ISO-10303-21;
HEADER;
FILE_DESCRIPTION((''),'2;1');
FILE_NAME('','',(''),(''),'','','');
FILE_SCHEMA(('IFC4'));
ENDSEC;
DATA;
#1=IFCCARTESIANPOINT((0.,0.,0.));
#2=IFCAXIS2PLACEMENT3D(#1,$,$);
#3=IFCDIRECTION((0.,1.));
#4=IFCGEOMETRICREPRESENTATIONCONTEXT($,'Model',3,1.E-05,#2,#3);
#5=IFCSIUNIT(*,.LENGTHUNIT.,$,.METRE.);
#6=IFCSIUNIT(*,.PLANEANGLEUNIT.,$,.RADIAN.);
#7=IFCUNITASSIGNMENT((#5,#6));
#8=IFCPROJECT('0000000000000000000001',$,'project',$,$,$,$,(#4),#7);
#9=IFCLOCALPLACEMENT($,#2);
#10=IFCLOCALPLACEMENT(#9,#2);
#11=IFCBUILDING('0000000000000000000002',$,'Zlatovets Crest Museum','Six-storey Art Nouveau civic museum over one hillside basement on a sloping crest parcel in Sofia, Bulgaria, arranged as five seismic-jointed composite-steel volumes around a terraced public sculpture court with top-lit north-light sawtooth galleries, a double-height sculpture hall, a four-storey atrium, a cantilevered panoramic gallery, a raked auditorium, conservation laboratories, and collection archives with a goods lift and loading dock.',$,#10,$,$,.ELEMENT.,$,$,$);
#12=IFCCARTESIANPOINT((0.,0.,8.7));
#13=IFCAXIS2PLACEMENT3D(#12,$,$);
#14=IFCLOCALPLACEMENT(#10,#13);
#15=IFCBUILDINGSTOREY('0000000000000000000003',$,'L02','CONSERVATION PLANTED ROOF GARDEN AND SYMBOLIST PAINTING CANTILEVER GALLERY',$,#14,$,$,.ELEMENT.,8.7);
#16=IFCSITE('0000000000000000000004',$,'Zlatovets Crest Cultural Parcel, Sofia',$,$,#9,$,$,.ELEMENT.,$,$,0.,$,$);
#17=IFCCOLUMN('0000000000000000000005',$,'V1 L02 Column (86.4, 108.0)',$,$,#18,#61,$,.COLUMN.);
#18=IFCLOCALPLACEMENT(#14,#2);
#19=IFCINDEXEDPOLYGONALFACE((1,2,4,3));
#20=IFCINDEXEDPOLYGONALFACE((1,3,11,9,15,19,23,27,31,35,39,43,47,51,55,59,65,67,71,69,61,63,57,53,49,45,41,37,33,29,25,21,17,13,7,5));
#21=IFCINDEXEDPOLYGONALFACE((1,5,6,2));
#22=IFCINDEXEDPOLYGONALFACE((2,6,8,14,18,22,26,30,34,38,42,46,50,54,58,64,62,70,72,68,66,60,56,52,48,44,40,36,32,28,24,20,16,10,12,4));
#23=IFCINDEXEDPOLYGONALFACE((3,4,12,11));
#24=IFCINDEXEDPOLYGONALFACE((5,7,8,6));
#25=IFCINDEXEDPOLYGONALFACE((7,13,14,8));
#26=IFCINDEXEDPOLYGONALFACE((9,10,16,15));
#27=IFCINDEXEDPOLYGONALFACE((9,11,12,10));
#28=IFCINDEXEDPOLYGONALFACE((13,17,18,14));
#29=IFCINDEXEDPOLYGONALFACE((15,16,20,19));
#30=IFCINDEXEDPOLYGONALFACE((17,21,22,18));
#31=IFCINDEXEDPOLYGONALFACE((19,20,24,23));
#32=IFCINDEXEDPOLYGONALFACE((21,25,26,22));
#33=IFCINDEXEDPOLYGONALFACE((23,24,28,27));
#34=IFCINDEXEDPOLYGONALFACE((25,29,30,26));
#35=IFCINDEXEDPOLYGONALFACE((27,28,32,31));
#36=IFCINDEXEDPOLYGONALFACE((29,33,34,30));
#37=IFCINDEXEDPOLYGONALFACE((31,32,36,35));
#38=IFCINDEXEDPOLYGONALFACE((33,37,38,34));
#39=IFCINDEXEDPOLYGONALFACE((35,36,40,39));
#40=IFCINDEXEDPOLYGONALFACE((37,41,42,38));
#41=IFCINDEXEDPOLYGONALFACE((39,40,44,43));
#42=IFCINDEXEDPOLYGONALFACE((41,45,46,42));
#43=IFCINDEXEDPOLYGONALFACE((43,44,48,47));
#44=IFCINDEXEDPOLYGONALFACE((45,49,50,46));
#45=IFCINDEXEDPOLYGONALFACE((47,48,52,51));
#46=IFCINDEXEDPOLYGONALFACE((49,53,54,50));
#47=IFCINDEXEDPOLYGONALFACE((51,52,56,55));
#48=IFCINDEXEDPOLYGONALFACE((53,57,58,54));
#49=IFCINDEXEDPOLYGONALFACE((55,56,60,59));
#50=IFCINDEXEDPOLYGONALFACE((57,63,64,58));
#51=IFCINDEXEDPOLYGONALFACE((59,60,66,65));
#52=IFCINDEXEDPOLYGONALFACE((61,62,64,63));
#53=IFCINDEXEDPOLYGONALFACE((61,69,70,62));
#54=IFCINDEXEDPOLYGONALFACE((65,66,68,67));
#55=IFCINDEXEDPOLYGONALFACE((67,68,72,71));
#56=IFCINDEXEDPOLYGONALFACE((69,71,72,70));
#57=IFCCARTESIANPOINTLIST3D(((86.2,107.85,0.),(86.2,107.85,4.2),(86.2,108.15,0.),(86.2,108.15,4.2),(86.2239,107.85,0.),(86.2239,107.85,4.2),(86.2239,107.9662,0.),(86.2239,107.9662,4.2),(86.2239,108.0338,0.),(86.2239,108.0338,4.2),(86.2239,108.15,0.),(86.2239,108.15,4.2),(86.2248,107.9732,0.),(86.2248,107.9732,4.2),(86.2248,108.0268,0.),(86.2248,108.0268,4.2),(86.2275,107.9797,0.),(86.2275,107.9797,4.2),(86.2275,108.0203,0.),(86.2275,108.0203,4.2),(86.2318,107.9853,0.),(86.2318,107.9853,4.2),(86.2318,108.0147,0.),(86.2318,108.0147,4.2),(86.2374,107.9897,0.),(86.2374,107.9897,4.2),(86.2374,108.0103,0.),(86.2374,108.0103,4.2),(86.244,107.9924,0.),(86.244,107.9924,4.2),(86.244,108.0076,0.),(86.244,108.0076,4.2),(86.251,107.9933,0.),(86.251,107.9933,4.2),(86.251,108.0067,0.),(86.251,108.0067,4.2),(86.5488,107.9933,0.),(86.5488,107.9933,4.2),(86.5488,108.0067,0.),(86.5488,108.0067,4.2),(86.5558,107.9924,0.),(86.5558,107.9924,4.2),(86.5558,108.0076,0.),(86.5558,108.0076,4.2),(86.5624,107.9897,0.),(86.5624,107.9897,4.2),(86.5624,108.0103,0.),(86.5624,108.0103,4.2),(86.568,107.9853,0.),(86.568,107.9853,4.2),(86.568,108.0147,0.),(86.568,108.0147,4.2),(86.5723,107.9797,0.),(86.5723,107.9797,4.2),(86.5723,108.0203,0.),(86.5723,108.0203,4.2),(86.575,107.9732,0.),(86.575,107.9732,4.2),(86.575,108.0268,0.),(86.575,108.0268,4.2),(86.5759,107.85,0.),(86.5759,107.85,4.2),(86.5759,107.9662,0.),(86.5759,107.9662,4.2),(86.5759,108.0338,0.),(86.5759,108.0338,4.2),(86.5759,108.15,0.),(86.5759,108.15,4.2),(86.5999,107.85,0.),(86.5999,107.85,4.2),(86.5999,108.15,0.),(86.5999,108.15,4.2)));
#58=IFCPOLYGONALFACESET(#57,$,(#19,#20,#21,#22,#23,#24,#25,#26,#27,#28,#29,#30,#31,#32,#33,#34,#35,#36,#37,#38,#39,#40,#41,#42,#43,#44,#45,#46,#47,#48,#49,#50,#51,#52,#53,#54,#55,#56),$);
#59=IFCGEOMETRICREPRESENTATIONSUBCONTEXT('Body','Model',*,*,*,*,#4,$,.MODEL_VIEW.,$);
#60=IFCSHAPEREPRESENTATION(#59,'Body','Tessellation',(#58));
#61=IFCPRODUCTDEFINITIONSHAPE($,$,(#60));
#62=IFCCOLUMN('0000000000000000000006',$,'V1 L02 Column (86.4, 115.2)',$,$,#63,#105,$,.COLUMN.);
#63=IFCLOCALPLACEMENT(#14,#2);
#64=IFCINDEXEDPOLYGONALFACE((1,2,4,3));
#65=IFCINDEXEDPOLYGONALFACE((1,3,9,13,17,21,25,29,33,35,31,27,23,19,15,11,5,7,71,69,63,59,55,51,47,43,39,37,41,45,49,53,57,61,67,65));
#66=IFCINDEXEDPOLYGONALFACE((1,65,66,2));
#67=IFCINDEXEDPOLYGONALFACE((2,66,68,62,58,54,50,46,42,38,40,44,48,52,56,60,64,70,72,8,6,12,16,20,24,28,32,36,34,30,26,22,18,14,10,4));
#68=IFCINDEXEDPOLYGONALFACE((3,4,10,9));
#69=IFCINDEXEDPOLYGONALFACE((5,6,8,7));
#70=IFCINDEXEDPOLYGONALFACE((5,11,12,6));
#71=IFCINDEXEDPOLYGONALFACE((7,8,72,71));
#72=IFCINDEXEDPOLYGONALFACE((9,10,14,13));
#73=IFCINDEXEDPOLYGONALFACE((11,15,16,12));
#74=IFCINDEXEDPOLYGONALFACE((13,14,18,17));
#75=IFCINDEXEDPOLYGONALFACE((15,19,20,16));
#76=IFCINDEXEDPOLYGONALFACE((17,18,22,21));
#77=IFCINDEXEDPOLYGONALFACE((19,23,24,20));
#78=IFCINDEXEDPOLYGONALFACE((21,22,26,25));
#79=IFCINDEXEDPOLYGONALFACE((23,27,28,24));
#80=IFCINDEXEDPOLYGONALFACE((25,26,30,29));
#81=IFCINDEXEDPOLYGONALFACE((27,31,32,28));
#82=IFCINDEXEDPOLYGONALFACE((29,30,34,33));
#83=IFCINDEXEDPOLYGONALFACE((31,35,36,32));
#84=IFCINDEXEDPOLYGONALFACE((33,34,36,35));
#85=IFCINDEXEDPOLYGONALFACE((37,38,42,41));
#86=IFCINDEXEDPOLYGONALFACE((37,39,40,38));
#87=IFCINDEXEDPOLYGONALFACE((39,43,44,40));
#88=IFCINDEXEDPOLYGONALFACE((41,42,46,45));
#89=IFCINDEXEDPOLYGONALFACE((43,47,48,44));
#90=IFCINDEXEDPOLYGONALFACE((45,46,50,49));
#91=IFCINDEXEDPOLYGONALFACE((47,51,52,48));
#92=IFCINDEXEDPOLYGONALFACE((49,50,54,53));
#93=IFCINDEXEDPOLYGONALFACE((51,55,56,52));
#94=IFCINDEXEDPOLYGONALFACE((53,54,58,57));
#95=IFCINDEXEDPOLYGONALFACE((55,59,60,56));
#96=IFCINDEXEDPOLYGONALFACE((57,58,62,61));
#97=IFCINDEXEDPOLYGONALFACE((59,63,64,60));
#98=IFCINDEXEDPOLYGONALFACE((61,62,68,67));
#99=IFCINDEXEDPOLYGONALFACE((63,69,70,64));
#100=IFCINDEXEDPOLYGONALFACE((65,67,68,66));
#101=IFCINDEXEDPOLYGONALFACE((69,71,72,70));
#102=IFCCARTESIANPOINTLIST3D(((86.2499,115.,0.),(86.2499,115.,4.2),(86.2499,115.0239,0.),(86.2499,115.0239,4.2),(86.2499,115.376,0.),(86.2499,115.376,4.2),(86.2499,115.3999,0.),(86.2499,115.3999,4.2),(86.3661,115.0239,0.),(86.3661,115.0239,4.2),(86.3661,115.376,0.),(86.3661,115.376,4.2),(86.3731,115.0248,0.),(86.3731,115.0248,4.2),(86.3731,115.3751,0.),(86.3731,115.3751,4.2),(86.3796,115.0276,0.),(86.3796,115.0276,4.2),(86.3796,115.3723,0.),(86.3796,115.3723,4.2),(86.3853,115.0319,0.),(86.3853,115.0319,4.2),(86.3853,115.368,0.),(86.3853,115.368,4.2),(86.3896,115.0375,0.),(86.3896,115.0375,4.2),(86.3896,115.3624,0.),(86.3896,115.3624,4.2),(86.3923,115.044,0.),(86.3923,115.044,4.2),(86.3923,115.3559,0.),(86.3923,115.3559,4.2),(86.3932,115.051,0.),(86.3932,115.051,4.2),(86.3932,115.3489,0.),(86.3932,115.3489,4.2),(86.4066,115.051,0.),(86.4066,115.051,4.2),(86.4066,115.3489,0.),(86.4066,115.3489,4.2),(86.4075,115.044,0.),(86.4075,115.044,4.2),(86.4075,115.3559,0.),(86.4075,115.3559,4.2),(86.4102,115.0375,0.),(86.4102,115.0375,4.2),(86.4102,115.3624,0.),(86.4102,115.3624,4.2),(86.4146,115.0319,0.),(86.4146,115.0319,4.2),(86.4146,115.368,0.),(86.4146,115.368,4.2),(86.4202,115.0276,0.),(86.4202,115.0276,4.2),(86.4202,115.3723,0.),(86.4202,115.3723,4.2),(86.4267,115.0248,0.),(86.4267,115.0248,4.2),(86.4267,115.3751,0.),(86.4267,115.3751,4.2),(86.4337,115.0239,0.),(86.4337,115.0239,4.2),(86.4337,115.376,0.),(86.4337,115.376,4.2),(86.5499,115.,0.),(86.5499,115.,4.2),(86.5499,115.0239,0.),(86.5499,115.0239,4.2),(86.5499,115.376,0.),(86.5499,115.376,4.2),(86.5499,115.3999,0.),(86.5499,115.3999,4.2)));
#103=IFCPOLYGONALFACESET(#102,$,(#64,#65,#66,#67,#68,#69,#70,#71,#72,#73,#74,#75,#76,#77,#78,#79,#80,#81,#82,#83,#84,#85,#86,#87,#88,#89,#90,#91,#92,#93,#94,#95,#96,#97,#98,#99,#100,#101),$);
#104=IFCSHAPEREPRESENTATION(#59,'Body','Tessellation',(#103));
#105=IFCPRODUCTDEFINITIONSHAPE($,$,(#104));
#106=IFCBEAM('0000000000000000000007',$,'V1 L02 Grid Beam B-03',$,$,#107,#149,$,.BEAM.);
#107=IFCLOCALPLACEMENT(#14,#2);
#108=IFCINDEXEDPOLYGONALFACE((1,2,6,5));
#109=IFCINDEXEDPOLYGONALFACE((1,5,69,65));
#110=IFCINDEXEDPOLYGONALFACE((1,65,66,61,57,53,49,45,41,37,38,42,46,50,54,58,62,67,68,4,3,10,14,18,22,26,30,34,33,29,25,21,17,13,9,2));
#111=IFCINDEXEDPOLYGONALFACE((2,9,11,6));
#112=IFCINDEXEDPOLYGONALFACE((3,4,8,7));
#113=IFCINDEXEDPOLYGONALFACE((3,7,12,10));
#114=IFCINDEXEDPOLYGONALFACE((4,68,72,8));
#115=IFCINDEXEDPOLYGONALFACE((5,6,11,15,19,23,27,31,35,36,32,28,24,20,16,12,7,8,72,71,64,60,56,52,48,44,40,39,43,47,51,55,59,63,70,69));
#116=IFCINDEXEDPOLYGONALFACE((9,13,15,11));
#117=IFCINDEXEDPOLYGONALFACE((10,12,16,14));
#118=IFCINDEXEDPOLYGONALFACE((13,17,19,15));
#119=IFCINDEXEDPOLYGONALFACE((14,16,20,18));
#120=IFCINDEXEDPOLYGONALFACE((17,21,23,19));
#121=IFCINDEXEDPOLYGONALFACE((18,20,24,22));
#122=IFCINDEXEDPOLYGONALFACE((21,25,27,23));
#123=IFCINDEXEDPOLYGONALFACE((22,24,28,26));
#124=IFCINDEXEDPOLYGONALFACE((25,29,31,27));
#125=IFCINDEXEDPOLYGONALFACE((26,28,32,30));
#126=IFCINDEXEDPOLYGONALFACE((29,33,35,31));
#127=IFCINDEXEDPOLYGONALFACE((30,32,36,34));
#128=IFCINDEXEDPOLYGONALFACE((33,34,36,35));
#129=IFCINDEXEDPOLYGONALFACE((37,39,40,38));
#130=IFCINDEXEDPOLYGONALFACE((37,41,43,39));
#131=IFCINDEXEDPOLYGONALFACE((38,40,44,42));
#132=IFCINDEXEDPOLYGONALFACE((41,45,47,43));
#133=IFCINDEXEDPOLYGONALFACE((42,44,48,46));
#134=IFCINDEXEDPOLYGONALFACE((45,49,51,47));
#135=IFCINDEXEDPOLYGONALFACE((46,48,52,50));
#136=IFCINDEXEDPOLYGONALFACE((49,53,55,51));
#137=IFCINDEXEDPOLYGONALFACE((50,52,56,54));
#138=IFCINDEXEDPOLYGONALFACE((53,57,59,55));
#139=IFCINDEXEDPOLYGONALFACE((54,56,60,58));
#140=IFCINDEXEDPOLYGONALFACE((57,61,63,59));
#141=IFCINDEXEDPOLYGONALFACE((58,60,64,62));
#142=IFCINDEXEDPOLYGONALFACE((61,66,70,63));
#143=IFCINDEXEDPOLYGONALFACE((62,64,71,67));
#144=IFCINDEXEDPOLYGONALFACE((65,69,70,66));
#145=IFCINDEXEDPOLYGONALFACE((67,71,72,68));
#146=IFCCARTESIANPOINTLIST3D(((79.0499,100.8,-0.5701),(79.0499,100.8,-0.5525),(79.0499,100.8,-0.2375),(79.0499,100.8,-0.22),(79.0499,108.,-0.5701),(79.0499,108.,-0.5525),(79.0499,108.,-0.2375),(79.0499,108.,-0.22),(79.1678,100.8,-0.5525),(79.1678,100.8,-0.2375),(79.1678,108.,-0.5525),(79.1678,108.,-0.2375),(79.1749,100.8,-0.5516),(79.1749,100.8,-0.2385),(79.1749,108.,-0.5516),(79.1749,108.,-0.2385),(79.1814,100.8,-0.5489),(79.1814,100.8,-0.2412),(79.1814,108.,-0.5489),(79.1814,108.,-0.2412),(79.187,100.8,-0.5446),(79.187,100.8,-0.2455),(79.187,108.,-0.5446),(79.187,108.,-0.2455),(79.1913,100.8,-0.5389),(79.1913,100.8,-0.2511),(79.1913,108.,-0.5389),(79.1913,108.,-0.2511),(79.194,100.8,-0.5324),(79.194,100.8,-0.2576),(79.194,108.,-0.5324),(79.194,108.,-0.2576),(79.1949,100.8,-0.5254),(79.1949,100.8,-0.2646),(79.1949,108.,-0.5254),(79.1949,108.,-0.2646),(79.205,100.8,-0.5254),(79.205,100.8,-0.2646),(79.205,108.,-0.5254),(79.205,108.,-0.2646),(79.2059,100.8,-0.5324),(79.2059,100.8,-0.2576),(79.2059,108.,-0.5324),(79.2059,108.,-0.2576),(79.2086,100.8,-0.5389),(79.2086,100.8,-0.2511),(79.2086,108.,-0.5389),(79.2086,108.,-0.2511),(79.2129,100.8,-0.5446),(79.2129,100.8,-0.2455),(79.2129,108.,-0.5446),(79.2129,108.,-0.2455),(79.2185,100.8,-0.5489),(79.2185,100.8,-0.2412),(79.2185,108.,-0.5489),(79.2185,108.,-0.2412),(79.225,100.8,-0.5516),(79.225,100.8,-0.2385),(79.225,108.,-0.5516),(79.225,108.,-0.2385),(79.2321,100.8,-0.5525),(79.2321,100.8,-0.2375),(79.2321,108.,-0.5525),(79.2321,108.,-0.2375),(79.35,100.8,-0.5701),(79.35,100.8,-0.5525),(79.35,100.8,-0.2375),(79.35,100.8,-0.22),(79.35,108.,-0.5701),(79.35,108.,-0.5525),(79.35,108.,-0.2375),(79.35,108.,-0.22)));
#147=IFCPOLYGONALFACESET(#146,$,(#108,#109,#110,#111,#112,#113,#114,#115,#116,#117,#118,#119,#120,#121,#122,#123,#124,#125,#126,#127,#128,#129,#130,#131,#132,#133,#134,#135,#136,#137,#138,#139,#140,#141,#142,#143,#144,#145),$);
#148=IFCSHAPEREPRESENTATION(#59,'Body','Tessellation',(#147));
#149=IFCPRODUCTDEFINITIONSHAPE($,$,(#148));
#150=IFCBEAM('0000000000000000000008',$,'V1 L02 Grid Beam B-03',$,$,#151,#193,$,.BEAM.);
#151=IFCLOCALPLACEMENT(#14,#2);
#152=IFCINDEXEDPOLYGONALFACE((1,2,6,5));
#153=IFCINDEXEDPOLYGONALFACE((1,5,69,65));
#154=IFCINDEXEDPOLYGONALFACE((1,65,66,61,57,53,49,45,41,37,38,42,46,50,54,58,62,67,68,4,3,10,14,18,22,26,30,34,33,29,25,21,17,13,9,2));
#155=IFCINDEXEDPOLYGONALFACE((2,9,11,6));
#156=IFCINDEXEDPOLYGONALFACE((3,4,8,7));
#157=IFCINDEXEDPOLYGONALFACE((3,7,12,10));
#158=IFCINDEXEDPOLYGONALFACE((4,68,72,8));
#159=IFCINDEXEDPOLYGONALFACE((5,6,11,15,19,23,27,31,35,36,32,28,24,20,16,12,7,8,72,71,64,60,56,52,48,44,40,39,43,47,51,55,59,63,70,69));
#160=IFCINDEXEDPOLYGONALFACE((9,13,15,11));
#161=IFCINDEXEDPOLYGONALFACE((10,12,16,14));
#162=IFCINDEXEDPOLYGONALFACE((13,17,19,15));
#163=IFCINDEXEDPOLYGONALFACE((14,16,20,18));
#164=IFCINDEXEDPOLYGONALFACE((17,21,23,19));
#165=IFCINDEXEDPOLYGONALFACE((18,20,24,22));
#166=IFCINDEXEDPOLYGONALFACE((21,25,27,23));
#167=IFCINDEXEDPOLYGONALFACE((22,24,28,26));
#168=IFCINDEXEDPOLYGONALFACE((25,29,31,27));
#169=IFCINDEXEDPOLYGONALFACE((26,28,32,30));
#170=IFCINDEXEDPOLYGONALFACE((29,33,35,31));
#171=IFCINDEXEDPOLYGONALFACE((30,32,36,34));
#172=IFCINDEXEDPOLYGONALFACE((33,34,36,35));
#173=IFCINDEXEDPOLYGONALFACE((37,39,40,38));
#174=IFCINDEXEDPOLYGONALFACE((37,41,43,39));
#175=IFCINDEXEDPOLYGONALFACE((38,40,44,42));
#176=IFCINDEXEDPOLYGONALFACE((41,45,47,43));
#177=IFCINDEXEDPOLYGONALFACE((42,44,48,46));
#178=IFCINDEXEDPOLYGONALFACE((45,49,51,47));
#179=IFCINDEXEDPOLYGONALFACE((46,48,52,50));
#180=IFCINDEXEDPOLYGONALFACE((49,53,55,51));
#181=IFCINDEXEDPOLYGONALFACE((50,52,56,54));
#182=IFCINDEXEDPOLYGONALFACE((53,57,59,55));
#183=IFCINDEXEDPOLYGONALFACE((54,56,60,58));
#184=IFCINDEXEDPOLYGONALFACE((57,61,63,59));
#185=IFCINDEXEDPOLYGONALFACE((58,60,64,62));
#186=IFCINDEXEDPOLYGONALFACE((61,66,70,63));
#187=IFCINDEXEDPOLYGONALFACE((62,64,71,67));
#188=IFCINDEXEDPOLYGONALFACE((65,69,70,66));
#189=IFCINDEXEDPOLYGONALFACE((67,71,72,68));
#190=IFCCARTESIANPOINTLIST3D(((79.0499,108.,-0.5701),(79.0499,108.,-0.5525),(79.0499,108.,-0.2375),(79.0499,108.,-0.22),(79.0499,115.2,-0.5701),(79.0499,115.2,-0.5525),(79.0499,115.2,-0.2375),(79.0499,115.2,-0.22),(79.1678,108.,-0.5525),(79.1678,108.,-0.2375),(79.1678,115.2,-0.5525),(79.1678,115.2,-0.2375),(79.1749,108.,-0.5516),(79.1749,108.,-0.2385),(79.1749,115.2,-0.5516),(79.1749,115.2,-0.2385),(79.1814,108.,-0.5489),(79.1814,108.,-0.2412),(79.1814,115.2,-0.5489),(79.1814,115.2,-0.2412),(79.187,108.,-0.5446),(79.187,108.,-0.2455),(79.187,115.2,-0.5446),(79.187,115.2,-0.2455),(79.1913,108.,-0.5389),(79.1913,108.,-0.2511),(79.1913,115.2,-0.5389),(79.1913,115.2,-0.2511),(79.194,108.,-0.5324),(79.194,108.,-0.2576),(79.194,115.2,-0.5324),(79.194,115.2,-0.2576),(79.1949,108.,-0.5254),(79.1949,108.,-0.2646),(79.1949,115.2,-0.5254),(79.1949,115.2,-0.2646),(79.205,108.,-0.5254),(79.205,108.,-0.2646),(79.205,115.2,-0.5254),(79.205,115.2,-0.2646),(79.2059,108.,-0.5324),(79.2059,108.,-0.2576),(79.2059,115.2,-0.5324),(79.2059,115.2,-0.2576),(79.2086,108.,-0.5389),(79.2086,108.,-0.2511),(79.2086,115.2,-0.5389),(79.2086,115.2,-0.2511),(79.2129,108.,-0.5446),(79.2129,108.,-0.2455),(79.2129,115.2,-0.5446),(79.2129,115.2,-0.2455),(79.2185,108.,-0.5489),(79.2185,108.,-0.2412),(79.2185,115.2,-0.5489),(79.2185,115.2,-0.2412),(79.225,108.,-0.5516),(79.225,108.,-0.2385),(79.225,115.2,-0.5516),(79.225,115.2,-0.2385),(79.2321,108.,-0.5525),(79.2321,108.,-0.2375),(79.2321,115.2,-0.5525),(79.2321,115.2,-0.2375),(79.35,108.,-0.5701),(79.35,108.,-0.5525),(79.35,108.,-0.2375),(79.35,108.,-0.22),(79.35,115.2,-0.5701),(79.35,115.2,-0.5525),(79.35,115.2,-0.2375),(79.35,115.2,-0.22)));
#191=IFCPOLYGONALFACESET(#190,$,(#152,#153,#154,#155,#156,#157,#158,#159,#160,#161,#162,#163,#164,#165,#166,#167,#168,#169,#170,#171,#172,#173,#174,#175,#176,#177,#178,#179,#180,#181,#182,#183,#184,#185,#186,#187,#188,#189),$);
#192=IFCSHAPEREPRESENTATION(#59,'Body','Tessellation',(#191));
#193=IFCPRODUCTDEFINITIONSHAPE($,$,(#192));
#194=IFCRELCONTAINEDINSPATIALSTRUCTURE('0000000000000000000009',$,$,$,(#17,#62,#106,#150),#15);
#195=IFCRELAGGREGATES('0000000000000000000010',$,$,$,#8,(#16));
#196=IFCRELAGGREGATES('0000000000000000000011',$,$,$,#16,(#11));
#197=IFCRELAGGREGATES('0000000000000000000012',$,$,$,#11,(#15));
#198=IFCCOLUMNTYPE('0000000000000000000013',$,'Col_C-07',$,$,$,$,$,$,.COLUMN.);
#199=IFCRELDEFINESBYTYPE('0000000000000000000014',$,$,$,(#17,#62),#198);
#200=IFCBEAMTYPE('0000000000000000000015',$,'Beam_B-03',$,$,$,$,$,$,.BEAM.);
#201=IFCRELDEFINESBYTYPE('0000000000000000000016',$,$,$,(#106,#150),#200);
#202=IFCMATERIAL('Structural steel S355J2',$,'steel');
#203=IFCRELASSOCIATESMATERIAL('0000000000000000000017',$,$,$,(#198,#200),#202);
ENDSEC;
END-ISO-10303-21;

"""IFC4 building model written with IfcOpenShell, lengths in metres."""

from ifc_helpers import new_model, si_unit, direction, frame, origin, origin_2d, place, context, subcontext, project, spatial, i_section, extrude, material, material_profile, profile_set, type_object, element, save


model = new_model("IFC4")

# Units and contexts
model_context = context("Model", 3, precision=1e-05, world=origin(), true_north=direction((0.0, 1.0)))
body_context = subcontext(model_context, "Body", "Model", "MODEL_VIEW")
ifc_project = project(units=[si_unit("LENGTHUNIT", "METRE"), si_unit("PLANEANGLEUNIT", "RADIAN")], contexts=[model_context])

# Site, building, storey
site_placement = place(None, origin())
site = spatial("IfcSite", under=ifc_project, at=site_placement, Name="Zlatovets Crest Cultural Parcel, Sofia", CompositionType="ELEMENT", RefElevation=0.0)
building_placement = place(site_placement, origin())
building = spatial("IfcBuilding", under=site, at=building_placement, Name="Zlatovets Crest Museum", Description="Six-storey Art Nouveau civic museum over one hillside basement on a sloping crest parcel in Sofia, Bulgaria, arranged as five seismic-jointed composite-steel volumes around a terraced public sculpture court with top-lit north-light sawtooth galleries, a double-height sculpture hall, a four-storey atrium, a cantilevered panoramic gallery, a raked auditorium, conservation laboratories, and collection archives with a goods lift and loading dock.", CompositionType="ELEMENT")
storey_placement = place(building_placement, frame((0.0, 0.0, 8.7)))
storey = spatial("IfcBuildingStorey", under=building, at=storey_placement, Name="L02", Description="CONSERVATION PLANTED ROOF GARDEN AND SYMBOLIST PAINTING CANTILEVER GALLERY", CompositionType="ELEMENT", Elevation=8.7)

# Columns
ifc_material_1 = material(Name="Structural steel S355J2", Category="steel")
ifc_material_profile_1 = material_profile(ifc_material_1, i_section(OverallWidth=0.3, OverallDepth=0.3999, WebThickness=0.0134, FlangeThickness=0.0239, FilletRadius=0.0271, at=origin_2d()), Name="HEB 400")
ifc_profile_set_1 = profile_set([ifc_material_profile_1], Name="Structural steel S355J2")
column_type = type_object("IfcColumnType", Name="Col_C-07", PredefinedType="COLUMN", material=ifc_profile_set_1)
for number, where, z_axis, x_axis, name in (
    (1, (86.3999, 108.0, 0.0), (0.0, 0.0, 1.0), (0.0, 1.0, 0.0), "V1 L02 Column (86.4, 108.0)"),
    (2, (86.3999, 115.2, 0.0), (0.0, 0.0, 1.0), (1.0, 0.0, 0.0), "V1 L02 Column (86.4, 115.2)"),
):
    element("IfcColumn", number, at=place(storey_placement, frame(where, z_axis=z_axis, x_axis=x_axis)), inside=storey, type_object=column_type, Name=name, PredefinedType="COLUMN", context=body_context, shape_type="SweptSolid", body=[
        extrude(i_section(OverallWidth=0.3, OverallDepth=0.3999, WebThickness=0.0134, FlangeThickness=0.0239, FilletRadius=0.0271, at=origin_2d()), origin(), (0.0, 0.0, 1.0), 4.2),
    ])

# Beams
ifc_material_profile_2 = material_profile(ifc_material_1, i_section(OverallWidth=0.3, OverallDepth=0.3501, WebThickness=0.01, FlangeThickness=0.0176, FilletRadius=0.0271, at=origin_2d()), Name="HEA 360")
ifc_profile_set_2 = profile_set([ifc_material_profile_2], Name="Structural steel S355J2")
beam_type_1 = type_object("IfcBeamType", Name="Beam_B-03", PredefinedType="BEAM", material=ifc_profile_set_2)
for number, where, z_axis, x_axis, name in (
    (3, (79.2, 100.8, -0.395), (0.0, 1.0, 0.0), (-1.0, 0.0, 0.0), "V1 L02 Grid Beam B-03"),
    (4, (79.2, 108.0, -0.395), (0.0, 1.0, 0.0), (-1.0, 0.0, 0.0), "V1 L02 Grid Beam B-03"),
):
    element("IfcBeam", number, at=place(storey_placement, frame(where, z_axis=z_axis, x_axis=x_axis)), inside=storey, type_object=beam_type_1, Name=name, PredefinedType="BEAM", context=body_context, shape_type="SweptSolid", body=[
        extrude(i_section(OverallWidth=0.3, OverallDepth=0.3501, WebThickness=0.01, FlangeThickness=0.0176, FilletRadius=0.0271, at=origin_2d()), origin(), (0.0, 0.0, 1.0), 7.2),
    ])

save(model, "model.ifc")
